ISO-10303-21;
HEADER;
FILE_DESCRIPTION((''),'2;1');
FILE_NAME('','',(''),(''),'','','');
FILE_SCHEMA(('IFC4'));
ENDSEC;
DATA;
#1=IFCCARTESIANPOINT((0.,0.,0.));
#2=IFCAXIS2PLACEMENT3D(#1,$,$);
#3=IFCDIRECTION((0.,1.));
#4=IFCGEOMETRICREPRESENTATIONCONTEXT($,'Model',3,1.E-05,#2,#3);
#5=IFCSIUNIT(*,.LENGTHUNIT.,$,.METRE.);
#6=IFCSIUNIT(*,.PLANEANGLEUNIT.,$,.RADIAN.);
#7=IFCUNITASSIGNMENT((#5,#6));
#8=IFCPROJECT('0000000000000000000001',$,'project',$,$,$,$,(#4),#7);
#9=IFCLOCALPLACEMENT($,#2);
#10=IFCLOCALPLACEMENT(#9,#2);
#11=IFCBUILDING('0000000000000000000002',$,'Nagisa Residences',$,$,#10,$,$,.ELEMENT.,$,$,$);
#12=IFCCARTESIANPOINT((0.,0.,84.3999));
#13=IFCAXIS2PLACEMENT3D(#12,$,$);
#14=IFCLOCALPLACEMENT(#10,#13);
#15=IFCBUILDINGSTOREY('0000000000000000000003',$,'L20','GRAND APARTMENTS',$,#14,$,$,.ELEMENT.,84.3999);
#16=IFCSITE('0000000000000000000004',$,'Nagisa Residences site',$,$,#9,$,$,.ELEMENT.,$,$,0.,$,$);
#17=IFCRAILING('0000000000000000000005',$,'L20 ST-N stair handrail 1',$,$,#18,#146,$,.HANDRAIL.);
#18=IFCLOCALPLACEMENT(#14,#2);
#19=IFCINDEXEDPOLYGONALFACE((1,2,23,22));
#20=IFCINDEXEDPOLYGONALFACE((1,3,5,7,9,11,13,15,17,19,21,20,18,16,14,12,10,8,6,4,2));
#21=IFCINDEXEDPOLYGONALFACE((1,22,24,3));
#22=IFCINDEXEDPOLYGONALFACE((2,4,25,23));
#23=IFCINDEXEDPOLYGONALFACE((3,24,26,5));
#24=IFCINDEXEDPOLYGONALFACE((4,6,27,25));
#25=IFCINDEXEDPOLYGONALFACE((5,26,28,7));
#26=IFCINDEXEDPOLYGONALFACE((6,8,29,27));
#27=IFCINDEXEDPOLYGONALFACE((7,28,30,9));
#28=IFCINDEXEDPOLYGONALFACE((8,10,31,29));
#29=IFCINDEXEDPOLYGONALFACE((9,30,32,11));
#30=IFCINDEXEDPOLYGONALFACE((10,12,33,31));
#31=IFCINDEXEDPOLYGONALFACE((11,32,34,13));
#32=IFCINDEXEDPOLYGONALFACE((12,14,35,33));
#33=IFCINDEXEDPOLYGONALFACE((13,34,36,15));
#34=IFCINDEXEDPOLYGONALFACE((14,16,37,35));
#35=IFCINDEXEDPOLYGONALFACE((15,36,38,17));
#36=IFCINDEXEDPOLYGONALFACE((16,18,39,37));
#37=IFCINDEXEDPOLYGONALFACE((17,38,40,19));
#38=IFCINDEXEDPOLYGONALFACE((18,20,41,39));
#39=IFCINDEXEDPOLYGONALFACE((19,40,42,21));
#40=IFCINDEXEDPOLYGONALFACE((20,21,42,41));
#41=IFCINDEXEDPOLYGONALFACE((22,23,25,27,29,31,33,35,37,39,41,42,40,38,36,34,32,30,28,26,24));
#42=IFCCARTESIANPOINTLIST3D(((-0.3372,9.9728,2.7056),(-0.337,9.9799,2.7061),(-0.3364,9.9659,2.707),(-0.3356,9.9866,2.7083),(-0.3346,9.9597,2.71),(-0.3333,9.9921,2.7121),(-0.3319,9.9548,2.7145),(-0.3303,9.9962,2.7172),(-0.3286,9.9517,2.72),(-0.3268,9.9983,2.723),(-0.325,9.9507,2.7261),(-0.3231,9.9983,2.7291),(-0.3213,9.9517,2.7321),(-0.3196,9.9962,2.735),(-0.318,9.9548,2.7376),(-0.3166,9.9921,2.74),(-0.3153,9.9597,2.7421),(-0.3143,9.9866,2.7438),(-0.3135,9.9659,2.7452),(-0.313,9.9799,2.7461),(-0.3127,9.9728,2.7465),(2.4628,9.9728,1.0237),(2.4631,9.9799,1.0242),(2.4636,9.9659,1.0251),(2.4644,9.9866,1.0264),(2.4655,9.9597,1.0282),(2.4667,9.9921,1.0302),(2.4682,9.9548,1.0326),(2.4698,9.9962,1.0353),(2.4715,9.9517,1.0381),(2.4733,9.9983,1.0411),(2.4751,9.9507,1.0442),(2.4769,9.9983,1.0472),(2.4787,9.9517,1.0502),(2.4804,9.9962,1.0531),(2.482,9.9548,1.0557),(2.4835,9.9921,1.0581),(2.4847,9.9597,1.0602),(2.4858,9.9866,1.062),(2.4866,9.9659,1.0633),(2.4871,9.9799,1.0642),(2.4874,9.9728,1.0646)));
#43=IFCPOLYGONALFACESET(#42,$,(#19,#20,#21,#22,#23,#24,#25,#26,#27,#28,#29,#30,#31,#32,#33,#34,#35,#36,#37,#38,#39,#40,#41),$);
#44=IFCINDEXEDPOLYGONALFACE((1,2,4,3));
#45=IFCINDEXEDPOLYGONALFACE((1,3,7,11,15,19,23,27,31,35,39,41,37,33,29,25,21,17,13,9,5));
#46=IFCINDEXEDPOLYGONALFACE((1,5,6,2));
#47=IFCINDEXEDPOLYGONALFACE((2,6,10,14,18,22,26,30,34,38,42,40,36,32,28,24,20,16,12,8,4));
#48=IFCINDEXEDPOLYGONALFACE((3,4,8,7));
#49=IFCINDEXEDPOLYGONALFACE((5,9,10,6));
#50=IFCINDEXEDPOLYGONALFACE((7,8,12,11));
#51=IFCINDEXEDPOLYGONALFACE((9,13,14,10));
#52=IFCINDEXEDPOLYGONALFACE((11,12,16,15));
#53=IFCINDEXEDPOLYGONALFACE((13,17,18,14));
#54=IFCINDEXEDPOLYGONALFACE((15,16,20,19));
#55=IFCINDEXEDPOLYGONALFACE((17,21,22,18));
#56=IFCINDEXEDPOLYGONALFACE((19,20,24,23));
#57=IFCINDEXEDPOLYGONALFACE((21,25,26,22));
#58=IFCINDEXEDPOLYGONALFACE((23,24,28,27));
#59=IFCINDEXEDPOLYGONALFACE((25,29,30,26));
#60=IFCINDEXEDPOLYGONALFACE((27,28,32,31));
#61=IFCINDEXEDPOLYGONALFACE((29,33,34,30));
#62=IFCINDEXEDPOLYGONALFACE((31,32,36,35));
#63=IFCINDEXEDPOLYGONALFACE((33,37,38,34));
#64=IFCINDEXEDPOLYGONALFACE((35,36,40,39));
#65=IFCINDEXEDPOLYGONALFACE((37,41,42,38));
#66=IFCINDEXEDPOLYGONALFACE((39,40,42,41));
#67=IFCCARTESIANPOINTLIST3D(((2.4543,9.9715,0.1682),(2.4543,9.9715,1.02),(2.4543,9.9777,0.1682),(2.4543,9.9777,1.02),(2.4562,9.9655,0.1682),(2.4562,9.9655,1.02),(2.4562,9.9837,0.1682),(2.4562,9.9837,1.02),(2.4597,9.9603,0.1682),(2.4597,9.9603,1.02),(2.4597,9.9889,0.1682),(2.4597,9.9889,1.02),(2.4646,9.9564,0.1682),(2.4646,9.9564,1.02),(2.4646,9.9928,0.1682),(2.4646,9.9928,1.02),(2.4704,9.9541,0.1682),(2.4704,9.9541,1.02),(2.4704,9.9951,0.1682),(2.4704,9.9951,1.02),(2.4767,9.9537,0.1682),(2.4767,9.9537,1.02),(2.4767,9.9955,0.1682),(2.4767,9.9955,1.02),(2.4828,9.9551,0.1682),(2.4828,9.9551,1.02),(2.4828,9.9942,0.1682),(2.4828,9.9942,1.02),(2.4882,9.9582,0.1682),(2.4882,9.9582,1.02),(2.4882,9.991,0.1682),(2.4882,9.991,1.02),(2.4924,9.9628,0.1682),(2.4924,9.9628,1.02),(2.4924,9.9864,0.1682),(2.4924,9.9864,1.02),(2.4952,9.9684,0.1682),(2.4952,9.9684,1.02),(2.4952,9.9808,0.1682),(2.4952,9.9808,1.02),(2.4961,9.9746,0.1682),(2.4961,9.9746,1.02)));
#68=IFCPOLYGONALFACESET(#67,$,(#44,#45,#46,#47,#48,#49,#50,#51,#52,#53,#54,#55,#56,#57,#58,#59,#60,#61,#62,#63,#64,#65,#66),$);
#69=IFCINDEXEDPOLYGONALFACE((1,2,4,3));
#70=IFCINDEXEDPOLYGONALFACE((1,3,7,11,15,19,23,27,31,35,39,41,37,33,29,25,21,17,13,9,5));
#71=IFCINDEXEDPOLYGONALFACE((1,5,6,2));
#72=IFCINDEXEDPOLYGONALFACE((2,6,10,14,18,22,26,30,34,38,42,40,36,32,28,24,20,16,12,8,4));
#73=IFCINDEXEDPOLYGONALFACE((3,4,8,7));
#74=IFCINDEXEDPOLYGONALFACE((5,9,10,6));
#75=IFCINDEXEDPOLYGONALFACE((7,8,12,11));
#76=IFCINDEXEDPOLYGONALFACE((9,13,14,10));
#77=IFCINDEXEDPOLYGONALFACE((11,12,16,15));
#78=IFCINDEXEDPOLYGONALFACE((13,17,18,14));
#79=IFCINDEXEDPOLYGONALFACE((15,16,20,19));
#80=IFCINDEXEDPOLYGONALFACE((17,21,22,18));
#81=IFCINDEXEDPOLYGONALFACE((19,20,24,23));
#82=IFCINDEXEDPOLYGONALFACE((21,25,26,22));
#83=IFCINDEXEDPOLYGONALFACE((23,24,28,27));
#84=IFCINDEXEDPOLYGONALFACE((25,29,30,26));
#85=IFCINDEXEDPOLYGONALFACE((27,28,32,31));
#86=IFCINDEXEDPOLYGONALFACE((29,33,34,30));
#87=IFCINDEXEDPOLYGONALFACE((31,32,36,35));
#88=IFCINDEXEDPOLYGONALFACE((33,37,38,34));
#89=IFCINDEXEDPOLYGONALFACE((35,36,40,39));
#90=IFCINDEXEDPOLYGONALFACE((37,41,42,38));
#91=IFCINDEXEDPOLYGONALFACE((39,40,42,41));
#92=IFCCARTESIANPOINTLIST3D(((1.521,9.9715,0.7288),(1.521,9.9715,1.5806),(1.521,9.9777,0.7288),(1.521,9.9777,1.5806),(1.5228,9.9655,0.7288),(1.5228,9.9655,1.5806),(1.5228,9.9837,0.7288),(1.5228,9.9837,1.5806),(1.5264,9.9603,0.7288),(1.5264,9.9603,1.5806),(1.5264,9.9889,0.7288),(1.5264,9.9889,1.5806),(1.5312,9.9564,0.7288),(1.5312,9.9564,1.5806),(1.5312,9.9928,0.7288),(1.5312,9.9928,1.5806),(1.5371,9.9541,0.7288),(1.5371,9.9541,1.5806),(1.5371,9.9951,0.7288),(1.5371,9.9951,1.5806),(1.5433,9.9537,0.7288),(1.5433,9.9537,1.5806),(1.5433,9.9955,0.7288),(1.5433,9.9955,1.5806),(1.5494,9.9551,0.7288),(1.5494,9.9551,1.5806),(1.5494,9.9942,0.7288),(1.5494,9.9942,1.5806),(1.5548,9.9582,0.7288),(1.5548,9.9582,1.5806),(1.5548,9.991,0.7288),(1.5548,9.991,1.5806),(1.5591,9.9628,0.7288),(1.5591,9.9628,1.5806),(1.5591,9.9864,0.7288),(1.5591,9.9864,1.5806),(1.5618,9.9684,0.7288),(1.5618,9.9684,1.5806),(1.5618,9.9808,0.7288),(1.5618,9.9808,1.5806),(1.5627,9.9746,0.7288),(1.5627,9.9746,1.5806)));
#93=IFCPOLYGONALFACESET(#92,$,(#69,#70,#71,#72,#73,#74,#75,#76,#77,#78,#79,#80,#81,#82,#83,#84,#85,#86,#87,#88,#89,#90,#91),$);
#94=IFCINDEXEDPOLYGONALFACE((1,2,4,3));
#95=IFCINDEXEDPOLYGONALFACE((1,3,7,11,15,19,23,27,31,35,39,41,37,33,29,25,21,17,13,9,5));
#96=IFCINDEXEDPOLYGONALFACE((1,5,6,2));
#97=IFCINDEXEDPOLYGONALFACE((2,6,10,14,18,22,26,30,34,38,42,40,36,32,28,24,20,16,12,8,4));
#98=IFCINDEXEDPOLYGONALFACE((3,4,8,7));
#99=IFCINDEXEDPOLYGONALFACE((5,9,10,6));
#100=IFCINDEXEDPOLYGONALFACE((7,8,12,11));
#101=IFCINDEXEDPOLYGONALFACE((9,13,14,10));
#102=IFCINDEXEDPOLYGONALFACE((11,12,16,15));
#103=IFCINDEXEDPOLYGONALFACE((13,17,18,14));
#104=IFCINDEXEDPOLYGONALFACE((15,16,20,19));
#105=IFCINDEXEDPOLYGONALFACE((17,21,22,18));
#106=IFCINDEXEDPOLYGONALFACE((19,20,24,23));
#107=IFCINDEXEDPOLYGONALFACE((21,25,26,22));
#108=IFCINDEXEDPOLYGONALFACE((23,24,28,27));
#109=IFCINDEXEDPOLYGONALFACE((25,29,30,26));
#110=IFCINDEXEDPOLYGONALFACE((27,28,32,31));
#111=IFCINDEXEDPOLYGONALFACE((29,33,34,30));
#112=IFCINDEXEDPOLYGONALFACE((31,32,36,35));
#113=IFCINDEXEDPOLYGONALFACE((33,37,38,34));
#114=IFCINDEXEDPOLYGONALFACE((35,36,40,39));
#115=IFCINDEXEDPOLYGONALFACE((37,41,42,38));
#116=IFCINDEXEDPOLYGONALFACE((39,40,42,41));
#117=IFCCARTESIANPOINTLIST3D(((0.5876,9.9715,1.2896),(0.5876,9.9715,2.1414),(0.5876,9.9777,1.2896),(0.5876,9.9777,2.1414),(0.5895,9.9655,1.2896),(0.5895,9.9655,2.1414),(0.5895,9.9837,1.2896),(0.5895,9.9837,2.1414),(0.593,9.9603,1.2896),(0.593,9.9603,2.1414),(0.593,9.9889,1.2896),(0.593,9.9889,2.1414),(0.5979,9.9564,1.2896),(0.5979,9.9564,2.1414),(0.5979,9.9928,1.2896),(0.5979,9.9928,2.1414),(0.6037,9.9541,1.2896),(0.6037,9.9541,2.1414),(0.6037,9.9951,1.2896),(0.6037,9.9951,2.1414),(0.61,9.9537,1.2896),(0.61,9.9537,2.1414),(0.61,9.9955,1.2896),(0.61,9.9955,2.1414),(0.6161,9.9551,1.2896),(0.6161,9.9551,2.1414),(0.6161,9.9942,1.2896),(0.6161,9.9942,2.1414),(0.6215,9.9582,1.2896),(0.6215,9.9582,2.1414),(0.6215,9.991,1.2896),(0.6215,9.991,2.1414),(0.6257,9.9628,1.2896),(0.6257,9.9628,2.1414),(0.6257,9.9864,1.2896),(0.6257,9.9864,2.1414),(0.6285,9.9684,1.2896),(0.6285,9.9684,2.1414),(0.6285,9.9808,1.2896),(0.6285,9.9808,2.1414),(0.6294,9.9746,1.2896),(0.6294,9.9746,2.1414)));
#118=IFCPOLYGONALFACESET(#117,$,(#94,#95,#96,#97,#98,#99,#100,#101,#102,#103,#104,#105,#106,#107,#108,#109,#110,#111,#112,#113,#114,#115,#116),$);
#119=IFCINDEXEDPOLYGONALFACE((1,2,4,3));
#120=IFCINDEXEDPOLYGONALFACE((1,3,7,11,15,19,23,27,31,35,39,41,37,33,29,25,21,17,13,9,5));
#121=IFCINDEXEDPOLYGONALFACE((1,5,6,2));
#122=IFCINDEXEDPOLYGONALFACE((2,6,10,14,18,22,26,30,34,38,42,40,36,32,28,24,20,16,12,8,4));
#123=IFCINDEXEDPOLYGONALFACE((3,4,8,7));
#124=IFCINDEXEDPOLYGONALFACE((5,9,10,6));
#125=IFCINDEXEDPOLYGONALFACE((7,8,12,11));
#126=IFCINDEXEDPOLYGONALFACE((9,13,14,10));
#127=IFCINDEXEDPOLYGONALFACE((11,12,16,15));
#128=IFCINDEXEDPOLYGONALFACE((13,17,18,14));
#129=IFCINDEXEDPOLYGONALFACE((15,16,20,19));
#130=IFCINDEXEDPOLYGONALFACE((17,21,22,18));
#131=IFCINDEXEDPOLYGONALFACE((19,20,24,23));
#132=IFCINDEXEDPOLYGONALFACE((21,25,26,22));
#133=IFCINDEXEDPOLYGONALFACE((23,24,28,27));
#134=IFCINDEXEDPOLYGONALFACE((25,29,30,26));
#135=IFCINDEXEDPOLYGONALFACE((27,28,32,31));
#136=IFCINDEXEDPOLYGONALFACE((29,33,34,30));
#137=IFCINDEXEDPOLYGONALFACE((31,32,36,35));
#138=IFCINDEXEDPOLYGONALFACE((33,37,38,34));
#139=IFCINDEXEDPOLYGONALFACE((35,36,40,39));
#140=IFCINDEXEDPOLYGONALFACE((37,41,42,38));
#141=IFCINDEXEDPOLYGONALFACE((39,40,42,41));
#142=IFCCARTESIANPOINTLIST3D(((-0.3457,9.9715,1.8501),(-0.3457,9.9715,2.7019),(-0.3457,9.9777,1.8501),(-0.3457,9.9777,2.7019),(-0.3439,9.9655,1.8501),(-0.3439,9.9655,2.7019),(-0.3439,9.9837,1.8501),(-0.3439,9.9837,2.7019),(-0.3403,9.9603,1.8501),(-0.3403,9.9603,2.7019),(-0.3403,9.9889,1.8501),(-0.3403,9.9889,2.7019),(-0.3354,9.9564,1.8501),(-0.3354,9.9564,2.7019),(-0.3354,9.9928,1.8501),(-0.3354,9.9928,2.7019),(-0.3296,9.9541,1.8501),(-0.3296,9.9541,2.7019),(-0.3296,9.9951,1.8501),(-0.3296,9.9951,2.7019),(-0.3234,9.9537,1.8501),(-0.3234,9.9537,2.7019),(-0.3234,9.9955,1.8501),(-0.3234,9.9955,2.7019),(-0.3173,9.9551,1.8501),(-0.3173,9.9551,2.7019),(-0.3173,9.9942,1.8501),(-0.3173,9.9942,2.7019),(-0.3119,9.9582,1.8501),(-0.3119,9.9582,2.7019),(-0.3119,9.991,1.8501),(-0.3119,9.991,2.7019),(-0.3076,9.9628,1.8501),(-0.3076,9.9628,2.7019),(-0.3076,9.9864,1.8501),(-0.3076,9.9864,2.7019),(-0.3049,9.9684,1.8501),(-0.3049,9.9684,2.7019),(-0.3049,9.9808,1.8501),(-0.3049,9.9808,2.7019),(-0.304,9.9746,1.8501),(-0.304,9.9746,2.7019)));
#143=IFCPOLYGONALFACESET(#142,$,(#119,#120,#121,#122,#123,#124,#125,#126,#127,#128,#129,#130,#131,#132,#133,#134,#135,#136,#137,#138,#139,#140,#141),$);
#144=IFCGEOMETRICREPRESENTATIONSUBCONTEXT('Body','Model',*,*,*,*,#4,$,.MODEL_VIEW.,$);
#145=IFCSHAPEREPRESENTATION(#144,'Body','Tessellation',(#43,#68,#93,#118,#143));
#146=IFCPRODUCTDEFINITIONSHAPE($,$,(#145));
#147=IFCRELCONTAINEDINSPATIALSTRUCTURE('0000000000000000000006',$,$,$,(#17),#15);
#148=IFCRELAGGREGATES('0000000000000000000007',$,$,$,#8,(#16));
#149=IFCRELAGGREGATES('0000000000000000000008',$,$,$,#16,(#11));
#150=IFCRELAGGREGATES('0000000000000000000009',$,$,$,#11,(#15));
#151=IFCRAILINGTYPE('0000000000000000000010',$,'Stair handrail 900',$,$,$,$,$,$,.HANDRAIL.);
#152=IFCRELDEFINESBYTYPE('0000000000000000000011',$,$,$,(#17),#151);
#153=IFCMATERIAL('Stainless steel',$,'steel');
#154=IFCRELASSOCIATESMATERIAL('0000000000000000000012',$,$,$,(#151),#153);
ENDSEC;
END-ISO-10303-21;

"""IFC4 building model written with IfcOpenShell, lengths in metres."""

from ifc_helpers import new_model, si_unit, direction, frame, origin, origin_2d, place, context, subcontext, project, spatial, circle, extrude, material, type_object, element, save


model = new_model("IFC4")

# Units and contexts
model_context = context("Model", 3, precision=1e-05, world=origin(), true_north=direction((0.0, 1.0)))
body_context = subcontext(model_context, "Body", "Model", "MODEL_VIEW")
ifc_project = project(units=[si_unit("LENGTHUNIT", "METRE"), si_unit("PLANEANGLEUNIT", "RADIAN")], contexts=[model_context])

# Site, building, storey
site_placement = place(None, origin())
site = spatial("IfcSite", under=ifc_project, at=site_placement, Name="Nagisa Residences site", CompositionType="ELEMENT", RefElevation=0.0)
building_placement = place(site_placement, origin())
building = spatial("IfcBuilding", under=site, at=building_placement, Name="Nagisa Residences", CompositionType="ELEMENT")
storey_placement = place(building_placement, frame((0.0, 0.0, 84.3999)))
storey = spatial("IfcBuildingStorey", under=building, at=storey_placement, Name="L20", Description="GRAND APARTMENTS", CompositionType="ELEMENT", Elevation=84.3999)

# Railing
ifc_material_1 = material(Name="Stainless steel", Category="steel")
railing_type_1 = type_object("IfcRailingType", Name="Stair handrail 900", PredefinedType="HANDRAIL", material=ifc_material_1)
railing_1_placement = place(storey_placement, frame((2.4751, 9.9746, 0.1682)))
element("IfcRailing", 1, at=railing_1_placement, inside=storey, type_object=railing_type_1, Name="L20 ST-N stair handrail 1", PredefinedType="HANDRAIL", context=body_context, shape_type="SweptSolid", body=[
    extrude(circle(Radius=0.0239, at=origin_2d()), frame((0.0, 0.0, 0.876), z_axis=(-0.857242, 0.0, 0.514913), x_axis=(0.0, -1.0, 0.0)), (0.0, 0.0, 1.0), 3.2664),
    extrude(circle(Radius=0.021, at=origin_2d()), origin(), (0.0, 0.0, 1.0), 0.8518),
    extrude(circle(Radius=0.021, at=origin_2d()), frame((-0.9333, 0.0, 0.5605)), (0.0, 0.0, 1.0), 0.8518),
    extrude(circle(Radius=0.021, at=origin_2d()), frame((-1.8667, 0.0, 1.1213)), (0.0, 0.0, 1.0), 0.8518),
    extrude(circle(Radius=0.021, at=origin_2d()), frame((-2.8, 0.0, 1.6819)), (0.0, 0.0, 1.0), 0.8518),
])

save(model, "model.ifc")
